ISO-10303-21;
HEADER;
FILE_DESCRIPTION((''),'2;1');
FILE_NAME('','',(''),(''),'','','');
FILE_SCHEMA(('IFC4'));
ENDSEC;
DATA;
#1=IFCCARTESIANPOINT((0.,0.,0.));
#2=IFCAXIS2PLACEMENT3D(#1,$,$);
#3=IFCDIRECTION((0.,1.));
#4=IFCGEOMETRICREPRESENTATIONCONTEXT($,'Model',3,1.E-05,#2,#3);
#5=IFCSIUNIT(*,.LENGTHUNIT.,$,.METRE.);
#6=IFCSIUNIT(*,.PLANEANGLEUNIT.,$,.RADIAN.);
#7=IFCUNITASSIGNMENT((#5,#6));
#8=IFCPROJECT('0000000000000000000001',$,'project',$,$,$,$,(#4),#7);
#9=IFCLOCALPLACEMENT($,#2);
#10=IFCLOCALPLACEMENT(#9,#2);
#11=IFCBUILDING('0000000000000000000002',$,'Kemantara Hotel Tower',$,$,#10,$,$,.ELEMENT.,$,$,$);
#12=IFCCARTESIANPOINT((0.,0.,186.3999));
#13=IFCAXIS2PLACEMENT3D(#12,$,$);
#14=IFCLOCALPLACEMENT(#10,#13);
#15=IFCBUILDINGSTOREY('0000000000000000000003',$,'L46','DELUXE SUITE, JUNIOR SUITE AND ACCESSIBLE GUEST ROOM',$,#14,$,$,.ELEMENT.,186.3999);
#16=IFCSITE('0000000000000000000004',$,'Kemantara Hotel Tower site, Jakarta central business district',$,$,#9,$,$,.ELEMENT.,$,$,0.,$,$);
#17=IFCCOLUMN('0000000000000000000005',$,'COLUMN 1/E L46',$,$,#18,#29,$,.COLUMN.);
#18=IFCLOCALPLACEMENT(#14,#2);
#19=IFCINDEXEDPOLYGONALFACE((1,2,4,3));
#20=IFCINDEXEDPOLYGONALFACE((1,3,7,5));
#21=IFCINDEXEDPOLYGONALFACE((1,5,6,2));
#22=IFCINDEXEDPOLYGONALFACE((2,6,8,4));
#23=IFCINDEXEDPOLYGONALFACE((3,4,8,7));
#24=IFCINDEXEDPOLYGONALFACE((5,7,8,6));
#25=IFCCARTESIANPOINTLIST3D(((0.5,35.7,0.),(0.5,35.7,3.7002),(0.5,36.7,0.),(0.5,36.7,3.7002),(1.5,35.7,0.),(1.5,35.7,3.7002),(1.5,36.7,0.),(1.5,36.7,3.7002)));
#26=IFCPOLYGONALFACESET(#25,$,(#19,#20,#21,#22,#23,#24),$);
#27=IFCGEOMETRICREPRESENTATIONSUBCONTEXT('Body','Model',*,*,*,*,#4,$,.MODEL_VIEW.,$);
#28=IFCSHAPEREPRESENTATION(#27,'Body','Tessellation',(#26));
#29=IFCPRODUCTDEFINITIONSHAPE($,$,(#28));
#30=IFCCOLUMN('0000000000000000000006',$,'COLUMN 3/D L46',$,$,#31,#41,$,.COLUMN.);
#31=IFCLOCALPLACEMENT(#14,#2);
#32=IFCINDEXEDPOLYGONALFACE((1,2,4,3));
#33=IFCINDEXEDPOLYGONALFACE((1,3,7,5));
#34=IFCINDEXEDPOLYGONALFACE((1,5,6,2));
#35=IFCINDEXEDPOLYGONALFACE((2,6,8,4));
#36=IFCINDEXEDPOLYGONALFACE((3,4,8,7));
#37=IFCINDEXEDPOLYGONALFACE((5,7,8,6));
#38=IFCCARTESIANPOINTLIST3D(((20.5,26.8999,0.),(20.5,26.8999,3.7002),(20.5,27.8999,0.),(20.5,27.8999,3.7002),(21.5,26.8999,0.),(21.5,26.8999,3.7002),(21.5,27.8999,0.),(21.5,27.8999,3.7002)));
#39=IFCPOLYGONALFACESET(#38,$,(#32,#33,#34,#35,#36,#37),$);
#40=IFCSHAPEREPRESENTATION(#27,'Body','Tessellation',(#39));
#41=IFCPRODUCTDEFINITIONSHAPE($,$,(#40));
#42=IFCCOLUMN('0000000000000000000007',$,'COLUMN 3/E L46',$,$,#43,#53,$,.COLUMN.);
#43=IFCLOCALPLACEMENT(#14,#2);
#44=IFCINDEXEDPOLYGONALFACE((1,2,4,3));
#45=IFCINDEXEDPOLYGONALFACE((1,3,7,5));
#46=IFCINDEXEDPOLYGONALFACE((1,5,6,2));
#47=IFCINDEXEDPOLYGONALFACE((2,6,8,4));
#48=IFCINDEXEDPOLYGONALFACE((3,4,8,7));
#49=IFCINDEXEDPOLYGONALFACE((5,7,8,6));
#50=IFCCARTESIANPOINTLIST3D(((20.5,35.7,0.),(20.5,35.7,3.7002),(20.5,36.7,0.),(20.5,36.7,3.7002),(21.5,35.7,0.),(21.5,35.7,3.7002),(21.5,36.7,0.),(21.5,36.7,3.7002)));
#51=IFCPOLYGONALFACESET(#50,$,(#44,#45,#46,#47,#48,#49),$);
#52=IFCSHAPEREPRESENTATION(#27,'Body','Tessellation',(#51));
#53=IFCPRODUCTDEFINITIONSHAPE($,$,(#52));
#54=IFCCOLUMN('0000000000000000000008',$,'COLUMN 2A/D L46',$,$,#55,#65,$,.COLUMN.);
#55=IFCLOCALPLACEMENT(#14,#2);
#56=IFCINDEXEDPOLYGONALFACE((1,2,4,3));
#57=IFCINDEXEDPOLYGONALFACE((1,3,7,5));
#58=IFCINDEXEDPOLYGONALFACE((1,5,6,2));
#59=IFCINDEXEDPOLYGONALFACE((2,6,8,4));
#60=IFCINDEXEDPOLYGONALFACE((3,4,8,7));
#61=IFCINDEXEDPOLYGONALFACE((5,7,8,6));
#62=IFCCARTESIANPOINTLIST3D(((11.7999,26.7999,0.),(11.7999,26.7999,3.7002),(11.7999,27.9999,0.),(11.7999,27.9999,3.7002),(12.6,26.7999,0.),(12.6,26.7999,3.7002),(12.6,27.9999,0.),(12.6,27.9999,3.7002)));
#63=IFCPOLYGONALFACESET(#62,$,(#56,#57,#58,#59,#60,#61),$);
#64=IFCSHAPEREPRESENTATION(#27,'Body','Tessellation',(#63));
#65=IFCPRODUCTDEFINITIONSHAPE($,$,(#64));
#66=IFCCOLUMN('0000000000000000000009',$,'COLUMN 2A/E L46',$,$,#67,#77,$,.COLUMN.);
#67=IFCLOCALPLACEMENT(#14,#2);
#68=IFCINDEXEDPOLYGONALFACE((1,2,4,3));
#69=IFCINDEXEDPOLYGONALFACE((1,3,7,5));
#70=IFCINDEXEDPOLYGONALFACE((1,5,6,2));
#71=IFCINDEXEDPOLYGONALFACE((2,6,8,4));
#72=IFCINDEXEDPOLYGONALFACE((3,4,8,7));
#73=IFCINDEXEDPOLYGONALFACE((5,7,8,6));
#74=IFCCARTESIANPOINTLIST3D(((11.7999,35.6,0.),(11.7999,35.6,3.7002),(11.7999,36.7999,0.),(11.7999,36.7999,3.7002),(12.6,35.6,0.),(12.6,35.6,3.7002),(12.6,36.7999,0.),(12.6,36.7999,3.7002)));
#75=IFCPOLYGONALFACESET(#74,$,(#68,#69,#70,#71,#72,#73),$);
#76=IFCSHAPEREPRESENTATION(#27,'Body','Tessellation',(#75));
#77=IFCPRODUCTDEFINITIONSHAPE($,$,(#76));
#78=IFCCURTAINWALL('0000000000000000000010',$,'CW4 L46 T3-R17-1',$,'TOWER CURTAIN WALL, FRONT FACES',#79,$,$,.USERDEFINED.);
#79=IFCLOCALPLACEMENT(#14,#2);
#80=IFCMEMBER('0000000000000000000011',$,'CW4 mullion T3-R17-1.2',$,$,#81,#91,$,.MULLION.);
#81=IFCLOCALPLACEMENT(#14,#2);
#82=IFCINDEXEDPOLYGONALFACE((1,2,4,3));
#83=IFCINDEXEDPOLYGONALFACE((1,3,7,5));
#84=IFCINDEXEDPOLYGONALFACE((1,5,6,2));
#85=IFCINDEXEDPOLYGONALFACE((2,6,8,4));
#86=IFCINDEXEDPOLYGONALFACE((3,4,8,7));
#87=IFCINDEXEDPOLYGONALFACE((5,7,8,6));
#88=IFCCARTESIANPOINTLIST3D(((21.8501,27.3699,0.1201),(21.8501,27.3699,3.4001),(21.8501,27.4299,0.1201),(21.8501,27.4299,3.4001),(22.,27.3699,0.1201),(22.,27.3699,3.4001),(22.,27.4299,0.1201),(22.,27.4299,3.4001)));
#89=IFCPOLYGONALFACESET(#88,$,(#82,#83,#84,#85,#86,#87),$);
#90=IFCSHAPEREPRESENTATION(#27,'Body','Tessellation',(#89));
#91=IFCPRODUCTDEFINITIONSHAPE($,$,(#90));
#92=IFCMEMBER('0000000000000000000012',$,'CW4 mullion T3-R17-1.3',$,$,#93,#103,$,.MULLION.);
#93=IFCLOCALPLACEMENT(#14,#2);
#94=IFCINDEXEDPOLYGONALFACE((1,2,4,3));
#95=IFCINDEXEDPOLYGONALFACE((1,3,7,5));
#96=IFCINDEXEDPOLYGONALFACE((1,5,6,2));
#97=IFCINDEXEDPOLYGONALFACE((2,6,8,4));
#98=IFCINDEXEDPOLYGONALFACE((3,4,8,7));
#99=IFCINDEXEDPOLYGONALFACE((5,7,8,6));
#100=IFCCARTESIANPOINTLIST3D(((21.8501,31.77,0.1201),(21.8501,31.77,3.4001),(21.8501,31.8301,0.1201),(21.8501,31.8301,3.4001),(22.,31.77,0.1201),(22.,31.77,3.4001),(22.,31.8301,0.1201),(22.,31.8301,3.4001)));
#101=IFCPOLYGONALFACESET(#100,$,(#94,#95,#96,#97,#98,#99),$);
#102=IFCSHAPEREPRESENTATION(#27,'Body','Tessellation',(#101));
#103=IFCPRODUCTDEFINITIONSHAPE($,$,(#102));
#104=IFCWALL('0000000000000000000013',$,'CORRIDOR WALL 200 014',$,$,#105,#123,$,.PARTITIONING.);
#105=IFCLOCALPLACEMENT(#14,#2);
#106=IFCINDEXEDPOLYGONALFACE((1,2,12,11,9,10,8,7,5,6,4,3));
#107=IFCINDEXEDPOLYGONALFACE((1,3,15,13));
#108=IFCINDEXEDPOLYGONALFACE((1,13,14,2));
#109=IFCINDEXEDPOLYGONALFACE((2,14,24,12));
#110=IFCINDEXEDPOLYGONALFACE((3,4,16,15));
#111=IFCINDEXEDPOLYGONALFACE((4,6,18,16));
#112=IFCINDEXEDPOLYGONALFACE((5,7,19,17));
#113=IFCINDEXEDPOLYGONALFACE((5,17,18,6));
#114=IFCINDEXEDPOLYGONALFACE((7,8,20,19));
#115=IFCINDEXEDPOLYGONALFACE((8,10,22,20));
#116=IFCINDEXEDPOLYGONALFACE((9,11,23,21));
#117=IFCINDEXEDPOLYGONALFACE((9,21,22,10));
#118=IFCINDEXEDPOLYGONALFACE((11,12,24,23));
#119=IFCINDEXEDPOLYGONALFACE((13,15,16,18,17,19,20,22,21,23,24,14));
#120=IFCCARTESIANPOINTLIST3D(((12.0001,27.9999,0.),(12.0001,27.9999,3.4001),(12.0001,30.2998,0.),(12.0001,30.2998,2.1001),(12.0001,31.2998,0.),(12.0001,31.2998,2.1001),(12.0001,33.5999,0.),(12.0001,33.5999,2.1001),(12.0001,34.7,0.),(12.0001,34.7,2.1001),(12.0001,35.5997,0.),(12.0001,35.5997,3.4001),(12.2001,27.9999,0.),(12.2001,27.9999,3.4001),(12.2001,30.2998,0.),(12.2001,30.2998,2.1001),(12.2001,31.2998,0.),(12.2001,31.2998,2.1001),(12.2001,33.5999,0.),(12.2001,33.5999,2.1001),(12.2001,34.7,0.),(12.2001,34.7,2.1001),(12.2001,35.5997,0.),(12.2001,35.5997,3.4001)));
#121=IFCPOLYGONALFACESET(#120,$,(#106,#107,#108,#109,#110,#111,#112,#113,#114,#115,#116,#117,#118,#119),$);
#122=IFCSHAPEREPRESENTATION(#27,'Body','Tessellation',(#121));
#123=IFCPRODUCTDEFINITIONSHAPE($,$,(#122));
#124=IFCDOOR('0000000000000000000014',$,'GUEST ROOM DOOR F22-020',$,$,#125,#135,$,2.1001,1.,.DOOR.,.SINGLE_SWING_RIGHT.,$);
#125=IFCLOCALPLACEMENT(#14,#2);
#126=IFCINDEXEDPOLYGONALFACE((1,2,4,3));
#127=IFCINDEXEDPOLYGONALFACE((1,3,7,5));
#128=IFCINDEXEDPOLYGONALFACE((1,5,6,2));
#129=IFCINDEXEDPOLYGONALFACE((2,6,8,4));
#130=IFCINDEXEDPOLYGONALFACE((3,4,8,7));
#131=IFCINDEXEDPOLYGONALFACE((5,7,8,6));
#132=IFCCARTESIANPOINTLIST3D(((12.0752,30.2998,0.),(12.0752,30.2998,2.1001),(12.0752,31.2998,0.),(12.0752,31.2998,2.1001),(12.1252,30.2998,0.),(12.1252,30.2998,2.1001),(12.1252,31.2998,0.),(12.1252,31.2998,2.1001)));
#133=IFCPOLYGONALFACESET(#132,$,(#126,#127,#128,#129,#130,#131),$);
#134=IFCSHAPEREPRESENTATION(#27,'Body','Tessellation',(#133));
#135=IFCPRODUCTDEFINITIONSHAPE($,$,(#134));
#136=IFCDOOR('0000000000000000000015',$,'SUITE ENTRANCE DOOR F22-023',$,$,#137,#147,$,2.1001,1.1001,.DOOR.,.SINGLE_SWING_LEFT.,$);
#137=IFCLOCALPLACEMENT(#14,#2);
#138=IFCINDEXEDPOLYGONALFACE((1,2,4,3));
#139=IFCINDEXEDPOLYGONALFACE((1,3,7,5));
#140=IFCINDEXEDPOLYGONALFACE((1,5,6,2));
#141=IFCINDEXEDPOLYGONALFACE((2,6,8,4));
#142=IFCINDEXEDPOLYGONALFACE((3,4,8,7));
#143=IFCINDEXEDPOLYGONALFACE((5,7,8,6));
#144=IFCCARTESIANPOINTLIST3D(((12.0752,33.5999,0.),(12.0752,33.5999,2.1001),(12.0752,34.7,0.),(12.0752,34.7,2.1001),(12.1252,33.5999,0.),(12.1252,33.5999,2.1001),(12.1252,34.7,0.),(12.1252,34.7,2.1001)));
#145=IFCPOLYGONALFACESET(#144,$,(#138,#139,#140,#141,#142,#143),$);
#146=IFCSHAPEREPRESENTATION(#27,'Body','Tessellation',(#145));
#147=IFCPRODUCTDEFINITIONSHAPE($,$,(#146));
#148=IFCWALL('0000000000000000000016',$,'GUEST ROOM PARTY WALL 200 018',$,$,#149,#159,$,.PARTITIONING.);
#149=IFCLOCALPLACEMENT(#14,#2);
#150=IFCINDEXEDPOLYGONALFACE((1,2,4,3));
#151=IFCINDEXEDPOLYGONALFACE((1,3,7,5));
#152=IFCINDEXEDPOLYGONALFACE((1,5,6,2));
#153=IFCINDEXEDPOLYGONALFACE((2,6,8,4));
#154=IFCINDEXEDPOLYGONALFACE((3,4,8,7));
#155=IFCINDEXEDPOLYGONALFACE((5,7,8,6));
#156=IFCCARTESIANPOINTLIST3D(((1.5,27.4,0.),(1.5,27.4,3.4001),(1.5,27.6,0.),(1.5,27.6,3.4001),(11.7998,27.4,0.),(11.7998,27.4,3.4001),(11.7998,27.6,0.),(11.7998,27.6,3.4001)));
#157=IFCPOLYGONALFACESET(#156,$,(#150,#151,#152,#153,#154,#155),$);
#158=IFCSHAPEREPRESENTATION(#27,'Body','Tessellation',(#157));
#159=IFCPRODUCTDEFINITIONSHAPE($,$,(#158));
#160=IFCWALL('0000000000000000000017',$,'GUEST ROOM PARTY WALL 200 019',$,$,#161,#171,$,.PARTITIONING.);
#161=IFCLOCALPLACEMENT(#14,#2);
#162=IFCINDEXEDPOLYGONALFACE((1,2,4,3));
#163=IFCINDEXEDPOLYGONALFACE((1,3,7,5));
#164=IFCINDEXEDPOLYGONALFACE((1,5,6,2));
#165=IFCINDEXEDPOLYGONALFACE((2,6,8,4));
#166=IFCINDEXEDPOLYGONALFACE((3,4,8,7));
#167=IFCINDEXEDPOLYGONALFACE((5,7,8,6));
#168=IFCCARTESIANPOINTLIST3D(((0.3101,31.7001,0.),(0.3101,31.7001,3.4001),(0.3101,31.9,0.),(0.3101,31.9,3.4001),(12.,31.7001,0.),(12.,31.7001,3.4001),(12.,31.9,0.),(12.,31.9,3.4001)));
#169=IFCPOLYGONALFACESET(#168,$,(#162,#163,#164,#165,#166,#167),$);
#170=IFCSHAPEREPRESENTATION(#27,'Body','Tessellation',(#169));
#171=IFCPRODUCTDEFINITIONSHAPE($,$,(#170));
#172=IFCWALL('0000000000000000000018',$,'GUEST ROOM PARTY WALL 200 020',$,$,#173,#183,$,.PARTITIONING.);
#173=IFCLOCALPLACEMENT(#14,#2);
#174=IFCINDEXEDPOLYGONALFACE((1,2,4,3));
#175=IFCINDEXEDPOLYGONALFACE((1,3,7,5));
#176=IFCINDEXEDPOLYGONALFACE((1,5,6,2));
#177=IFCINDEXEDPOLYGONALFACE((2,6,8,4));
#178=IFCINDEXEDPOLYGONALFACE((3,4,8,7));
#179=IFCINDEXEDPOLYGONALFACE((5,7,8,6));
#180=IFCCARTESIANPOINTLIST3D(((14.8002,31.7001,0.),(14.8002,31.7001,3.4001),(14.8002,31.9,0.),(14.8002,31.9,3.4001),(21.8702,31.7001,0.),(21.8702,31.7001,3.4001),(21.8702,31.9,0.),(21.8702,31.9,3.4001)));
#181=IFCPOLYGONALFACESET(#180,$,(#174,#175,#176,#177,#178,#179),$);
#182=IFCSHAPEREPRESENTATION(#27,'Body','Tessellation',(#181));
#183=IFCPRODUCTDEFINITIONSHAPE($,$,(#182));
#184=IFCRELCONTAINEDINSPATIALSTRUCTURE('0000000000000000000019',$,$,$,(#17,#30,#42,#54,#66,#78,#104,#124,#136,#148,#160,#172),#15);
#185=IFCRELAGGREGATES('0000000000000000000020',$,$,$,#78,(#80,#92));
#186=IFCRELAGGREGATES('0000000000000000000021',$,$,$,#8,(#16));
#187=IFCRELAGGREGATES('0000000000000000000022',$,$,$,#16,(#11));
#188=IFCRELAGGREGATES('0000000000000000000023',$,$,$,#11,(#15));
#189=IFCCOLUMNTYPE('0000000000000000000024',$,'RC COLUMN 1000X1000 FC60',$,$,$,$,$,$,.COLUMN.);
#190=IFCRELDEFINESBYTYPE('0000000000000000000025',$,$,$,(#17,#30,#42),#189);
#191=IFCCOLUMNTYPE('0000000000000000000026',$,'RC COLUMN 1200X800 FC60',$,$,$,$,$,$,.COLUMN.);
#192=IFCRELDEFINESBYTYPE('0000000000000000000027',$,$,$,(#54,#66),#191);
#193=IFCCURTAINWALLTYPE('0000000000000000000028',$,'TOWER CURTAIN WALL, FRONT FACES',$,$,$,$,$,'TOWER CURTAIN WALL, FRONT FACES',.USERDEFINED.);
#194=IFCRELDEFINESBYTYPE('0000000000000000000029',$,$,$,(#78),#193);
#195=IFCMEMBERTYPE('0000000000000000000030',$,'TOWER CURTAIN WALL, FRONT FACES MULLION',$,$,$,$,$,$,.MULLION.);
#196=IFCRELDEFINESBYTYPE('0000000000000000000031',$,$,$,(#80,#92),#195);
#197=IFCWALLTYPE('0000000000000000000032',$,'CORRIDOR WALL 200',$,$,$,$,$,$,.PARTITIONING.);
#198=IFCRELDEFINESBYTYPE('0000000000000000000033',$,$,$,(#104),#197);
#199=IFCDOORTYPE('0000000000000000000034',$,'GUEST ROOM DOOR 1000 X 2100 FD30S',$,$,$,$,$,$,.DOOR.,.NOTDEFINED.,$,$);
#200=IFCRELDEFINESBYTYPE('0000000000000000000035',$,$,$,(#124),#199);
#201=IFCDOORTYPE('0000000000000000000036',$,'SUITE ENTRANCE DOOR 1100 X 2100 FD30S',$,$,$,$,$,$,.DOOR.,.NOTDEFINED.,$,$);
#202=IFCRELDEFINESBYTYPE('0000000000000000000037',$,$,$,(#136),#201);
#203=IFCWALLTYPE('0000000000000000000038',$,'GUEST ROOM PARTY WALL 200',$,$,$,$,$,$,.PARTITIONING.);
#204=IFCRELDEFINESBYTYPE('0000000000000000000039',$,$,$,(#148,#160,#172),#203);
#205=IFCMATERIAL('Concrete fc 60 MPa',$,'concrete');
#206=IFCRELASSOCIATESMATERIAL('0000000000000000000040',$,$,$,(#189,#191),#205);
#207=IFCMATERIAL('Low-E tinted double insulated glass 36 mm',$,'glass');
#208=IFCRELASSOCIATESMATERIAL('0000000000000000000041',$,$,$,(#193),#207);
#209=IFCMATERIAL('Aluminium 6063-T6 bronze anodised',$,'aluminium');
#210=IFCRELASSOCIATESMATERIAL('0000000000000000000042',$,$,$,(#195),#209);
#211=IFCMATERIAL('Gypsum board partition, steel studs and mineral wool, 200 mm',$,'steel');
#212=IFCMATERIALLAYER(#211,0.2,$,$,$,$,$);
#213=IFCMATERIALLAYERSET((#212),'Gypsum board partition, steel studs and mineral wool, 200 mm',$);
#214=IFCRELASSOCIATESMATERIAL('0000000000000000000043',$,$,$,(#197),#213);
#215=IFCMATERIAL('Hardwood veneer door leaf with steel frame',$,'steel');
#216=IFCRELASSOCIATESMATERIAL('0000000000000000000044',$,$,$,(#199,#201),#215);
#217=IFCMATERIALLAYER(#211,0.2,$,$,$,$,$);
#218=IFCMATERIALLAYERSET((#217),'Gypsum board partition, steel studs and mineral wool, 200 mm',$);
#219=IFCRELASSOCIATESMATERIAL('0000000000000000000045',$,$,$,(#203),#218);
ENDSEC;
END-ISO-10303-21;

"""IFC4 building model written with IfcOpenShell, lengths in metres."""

from ifc_helpers import new_model, si_unit, direction, frame, frame_2d, origin, origin_2d, place, context, subcontext, project, spatial, rectangle, extrude, source, transform, mapped, material, layer, layer_set, material_profile, profile_set, type_object, element, fill, aggregate, save


model = new_model("IFC4")

# Units and contexts
model_context = context("Model", 3, precision=1e-05, world=origin(), true_north=direction((0.0, 1.0)))
body_context = subcontext(model_context, "Body", "Model", "MODEL_VIEW")
ifc_project = project(units=[si_unit("LENGTHUNIT", "METRE"), si_unit("PLANEANGLEUNIT", "RADIAN")], contexts=[model_context])

# Site, building, storey
site_placement = place(None, origin())
site = spatial("IfcSite", under=ifc_project, at=site_placement, Name="Kemantara Hotel Tower site, Jakarta central business district", CompositionType="ELEMENT", RefElevation=0.0)
building_placement = place(site_placement, origin())
building = spatial("IfcBuilding", under=site, at=building_placement, Name="Kemantara Hotel Tower", CompositionType="ELEMENT")
storey_placement = place(building_placement, frame((0.0, 0.0, 186.3999)))
storey = spatial("IfcBuildingStorey", under=building, at=storey_placement, Name="L46", Description="DELUXE SUITE, JUNIOR SUITE AND ACCESSIBLE GUEST ROOM", CompositionType="ELEMENT", Elevation=186.3999)

# Columns
ifc_material_1 = material(Name="Concrete fc 60 MPa", Category="concrete")
ifc_material_profile_1 = material_profile(ifc_material_1, rectangle(XDim=1.0, YDim=1.0, at=origin_2d()), Name="RC 1000X1000")
ifc_profile_set_1 = profile_set([ifc_material_profile_1], Name="Concrete fc 60 MPa")
column_type_1 = type_object("IfcColumnType", Name="RC COLUMN 1000X1000 FC60", PredefinedType="COLUMN", material=ifc_profile_set_1)
for number, where, z_axis, x_axis, name in (
    (1, (1.0, 36.2, 0.0), (0.0, 0.0, 1.0), (1.0, 0.0, 0.0), "COLUMN 1/E L46"),
    (2, (21.0, 27.3999, 0.0), (0.0, 0.0, 1.0), (1.0, 0.0, 0.0), "COLUMN 3/D L46"),
    (3, (21.0, 36.2, 0.0), (0.0, 0.0, 1.0), (1.0, 0.0, 0.0), "COLUMN 3/E L46"),
):
    element("IfcColumn", number, at=place(storey_placement, frame(where, z_axis=z_axis, x_axis=x_axis)), inside=storey, type_object=column_type_1, Name=name, PredefinedType="COLUMN", context=body_context, shape_type="SweptSolid", body=[
        extrude(rectangle(XDim=1.0, YDim=1.0, at=origin_2d()), origin(), (0.0, 0.0, 1.0), 3.7002),
    ])
ifc_material_profile_2 = material_profile(ifc_material_1, rectangle(XDim=1.2, YDim=0.8, at=origin_2d()), Name="RC 1200X800")
ifc_profile_set_2 = profile_set([ifc_material_profile_2], Name="Concrete fc 60 MPa")
column_type_2 = type_object("IfcColumnType", Name="RC COLUMN 1200X800 FC60", PredefinedType="COLUMN", material=ifc_profile_set_2)
for number, where, z_axis, x_axis, name in (
    (4, (12.2, 27.3999, 0.0), (0.0, 0.0, 1.0), (0.0, 1.0, 0.0), "COLUMN 2A/D L46"),
    (5, (12.2, 36.2, 0.0), (0.0, 0.0, 1.0), (0.0, 1.0, 0.0), "COLUMN 2A/E L46"),
):
    element("IfcColumn", number, at=place(storey_placement, frame(where, z_axis=z_axis, x_axis=x_axis)), inside=storey, type_object=column_type_2, Name=name, PredefinedType="COLUMN", context=body_context, shape_type="SweptSolid", body=[
        extrude(rectangle(XDim=1.2, YDim=0.8, at=origin_2d()), origin(), (0.0, 0.0, 1.0), 3.7002),
    ])

# Curtain wall, members
ifc_material_2 = material(Name="Low-E tinted double insulated glass 36 mm", Category="glass")
curtain_wall_type = type_object("IfcCurtainWallType", Name="TOWER CURTAIN WALL, FRONT FACES", ElementType="TOWER CURTAIN WALL, FRONT FACES", PredefinedType="USERDEFINED", material=ifc_material_2)
curtain_wall_placement = place(storey_placement, origin())
curtain_wall = element("IfcCurtainWall", 6, at=curtain_wall_placement, inside=storey, type_object=curtain_wall_type, Name="CW4 L46 T3-R17-1", ObjectType="TOWER CURTAIN WALL, FRONT FACES", PredefinedType="USERDEFINED")
ifc_material_3 = material(Name="Aluminium 6063-T6 bronze anodised", Category="aluminium")
ifc_material_profile_3 = material_profile(ifc_material_3, rectangle(XDim=0.1499, YDim=0.0601, at=origin_2d()), Name="TOWER CURTAIN WALL, FRONT FACES MULLION")
ifc_profile_set_3 = profile_set([ifc_material_profile_3], Name="Aluminium 6063-T6 bronze anodised")
member_type = type_object("IfcMemberType", Name="TOWER CURTAIN WALL, FRONT FACES MULLION", PredefinedType="MULLION", material=ifc_profile_set_3)
shared_shape_1 = source(origin(), body_context, "Body", "SweptSolid", [
    extrude(rectangle(XDim=0.1499, YDim=0.0601, at=origin_2d()), origin(), (0.0, 0.0, 1.0), 3.28),
])
member_1_placement = place(storey_placement, frame((21.925, 27.3999, 0.1201), z_axis=(0.0, 0.0, 1.0), x_axis=(-1.0, 0.0, 0.0)))
member_1 = element("IfcMember", 7, at=member_1_placement, type_object=member_type, Name="CW4 mullion T3-R17-1.2", PredefinedType="MULLION", context=body_context, shape_type="MappedRepresentation", body=[
    mapped(shared_shape_1, transform((0.0, 0.0, 0.0))),
])
member_2_placement = place(storey_placement, frame((21.925, 31.8, 0.1201), z_axis=(0.0, 0.0, 1.0), x_axis=(-1.0, 0.0, 0.0)))
member_2 = element("IfcMember", 8, at=member_2_placement, type_object=member_type, Name="CW4 mullion T3-R17-1.3", PredefinedType="MULLION", context=body_context, shape_type="MappedRepresentation", body=[
    mapped(shared_shape_1, transform((0.0, 0.0, 0.0))),
])
aggregate(curtain_wall, [member_1, member_2])

# Wall, openings, doors
ifc_material_4 = material(Name="Gypsum board partition, steel studs and mineral wool, 200 mm", Category="steel")
ifc_layer_1 = layer(ifc_material_4, 0.2)
ifc_layer_set_1 = layer_set([ifc_layer_1], Name="Gypsum board partition, steel studs and mineral wool, 200 mm")
wall_type_1 = type_object("IfcWallType", Name="CORRIDOR WALL 200", PredefinedType="PARTITIONING", material=ifc_layer_set_1)
wall_1_placement = place(storey_placement, frame((12.1001, 28.0, 0.0), z_axis=(0.0, 0.0, 1.0), x_axis=(0.0, 1.0, 0.0)))
wall_1 = element("IfcWall", 9, at=wall_1_placement, inside=storey, type_object=wall_type_1, Name="CORRIDOR WALL 200 014", PredefinedType="PARTITIONING", context=body_context, shape_type="SweptSolid", body=[
    extrude(rectangle(XDim=7.5999, YDim=0.2, at=frame_2d((3.7998, 0.0))), origin(), (0.0, 0.0, 1.0), 3.4001),
])
opening_1_placement = place(wall_1_placement, frame((2.2998, 0.0, 0.0)))
opening_1 = element("IfcOpeningElement", 10, at=opening_1_placement, cuts=wall_1, PredefinedType="OPENING", context=body_context, shape_type="SweptSolid", body=[
    extrude(rectangle(XDim=1.0, YDim=2.1001, at=frame_2d((0.5, 1.05))), frame((0.0, 0.1099, 0.0), z_axis=(0.0, -1.0, 0.0), x_axis=(1.0, 0.0, 0.0)), (0.0, 0.0, 1.0), 0.22),
])
opening_2_placement = place(wall_1_placement, frame((5.5999, 0.0, 0.0)))
opening_2 = element("IfcOpeningElement", 11, at=opening_2_placement, cuts=wall_1, PredefinedType="OPENING", context=body_context, shape_type="SweptSolid", body=[
    extrude(rectangle(XDim=1.1001, YDim=2.1001, at=frame_2d((0.55, 1.05))), frame((0.0, 0.1099, 0.0), z_axis=(0.0, -1.0, 0.0), x_axis=(1.0, 0.0, 0.0)), (0.0, 0.0, 1.0), 0.22),
])
ifc_material_5 = material(Name="Hardwood veneer door leaf with steel frame", Category="steel")
door_type_1 = type_object("IfcDoorType", Name="GUEST ROOM DOOR 1000 X 2100 FD30S", OperationType="NOTDEFINED", PredefinedType="DOOR", material=ifc_material_5)
door_1_placement = place(opening_1_placement, origin())
door_1 = element("IfcDoor", 12, at=door_1_placement, inside=storey, type_object=door_type_1, Name="GUEST ROOM DOOR F22-020", OperationType="SINGLE_SWING_RIGHT", OverallHeight=2.1001, OverallWidth=1.0, PredefinedType="DOOR", context=body_context, shape_type="SweptSolid", body=[
    extrude(rectangle(XDim=1.0, YDim=2.1001, at=frame_2d((0.5, 1.05))), frame((0.0, 0.0249, 0.0), z_axis=(0.0, -1.0, 0.0), x_axis=(1.0, 0.0, 0.0)), (0.0, 0.0, 1.0), 0.05),
])
fill(opening_1, door_1)
door_type_2 = type_object("IfcDoorType", Name="SUITE ENTRANCE DOOR 1100 X 2100 FD30S", OperationType="NOTDEFINED", PredefinedType="DOOR", material=ifc_material_5)
door_2_placement = place(opening_2_placement, origin())
door_2 = element("IfcDoor", 13, at=door_2_placement, inside=storey, type_object=door_type_2, Name="SUITE ENTRANCE DOOR F22-023", OperationType="SINGLE_SWING_LEFT", OverallHeight=2.1001, OverallWidth=1.1001, PredefinedType="DOOR", context=body_context, shape_type="SweptSolid", body=[
    extrude(rectangle(XDim=1.1001, YDim=2.1001, at=frame_2d((0.55, 1.05))), frame((0.0, 0.0249, 0.0), z_axis=(0.0, -1.0, 0.0), x_axis=(1.0, 0.0, 0.0)), (0.0, 0.0, 1.0), 0.05),
])
fill(opening_2, door_2)

# Walls
ifc_layer_2 = layer(ifc_material_4, 0.2)
ifc_layer_set_2 = layer_set([ifc_layer_2], Name="Gypsum board partition, steel studs and mineral wool, 200 mm")
wall_type_2 = type_object("IfcWallType", Name="GUEST ROOM PARTY WALL 200", PredefinedType="PARTITIONING", material=ifc_layer_set_2)
wall_2_placement = place(storey_placement, frame((1.5, 27.5, 0.0), z_axis=(0.0, 0.0, 1.0), x_axis=(1.0, 0.0, 0.0)))
element("IfcWall", 14, at=wall_2_placement, inside=storey, type_object=wall_type_2, Name="GUEST ROOM PARTY WALL 200 018", PredefinedType="PARTITIONING", context=body_context, shape_type="SweptSolid", body=[
    extrude(rectangle(XDim=10.2998, YDim=0.2, at=frame_2d((5.1499, 0.0))), origin(), (0.0, 0.0, 1.0), 3.4001),
])
wall_3_placement = place(storey_placement, frame((0.3101, 31.8, 0.0), z_axis=(0.0, 0.0, 1.0), x_axis=(1.0, 0.0, 0.0)))
element("IfcWall", 15, at=wall_3_placement, inside=storey, type_object=wall_type_2, Name="GUEST ROOM PARTY WALL 200 019", PredefinedType="PARTITIONING", context=body_context, shape_type="SweptSolid", body=[
    extrude(rectangle(XDim=11.6899, YDim=0.2, at=frame_2d((5.845, 0.0))), origin(), (0.0, 0.0, 1.0), 3.4001),
])
wall_4_placement = place(storey_placement, frame((14.8, 31.8, 0.0), z_axis=(0.0, 0.0, 1.0), x_axis=(1.0, 0.0, 0.0)))
element("IfcWall", 16, at=wall_4_placement, inside=storey, type_object=wall_type_2, Name="GUEST ROOM PARTY WALL 200 020", PredefinedType="PARTITIONING", context=body_context, shape_type="SweptSolid", body=[
    extrude(rectangle(XDim=7.0701, YDim=0.2, at=frame_2d((3.5352, 0.0))), origin(), (0.0, 0.0, 1.0), 3.4001),
])

save(model, "model.ifc")
